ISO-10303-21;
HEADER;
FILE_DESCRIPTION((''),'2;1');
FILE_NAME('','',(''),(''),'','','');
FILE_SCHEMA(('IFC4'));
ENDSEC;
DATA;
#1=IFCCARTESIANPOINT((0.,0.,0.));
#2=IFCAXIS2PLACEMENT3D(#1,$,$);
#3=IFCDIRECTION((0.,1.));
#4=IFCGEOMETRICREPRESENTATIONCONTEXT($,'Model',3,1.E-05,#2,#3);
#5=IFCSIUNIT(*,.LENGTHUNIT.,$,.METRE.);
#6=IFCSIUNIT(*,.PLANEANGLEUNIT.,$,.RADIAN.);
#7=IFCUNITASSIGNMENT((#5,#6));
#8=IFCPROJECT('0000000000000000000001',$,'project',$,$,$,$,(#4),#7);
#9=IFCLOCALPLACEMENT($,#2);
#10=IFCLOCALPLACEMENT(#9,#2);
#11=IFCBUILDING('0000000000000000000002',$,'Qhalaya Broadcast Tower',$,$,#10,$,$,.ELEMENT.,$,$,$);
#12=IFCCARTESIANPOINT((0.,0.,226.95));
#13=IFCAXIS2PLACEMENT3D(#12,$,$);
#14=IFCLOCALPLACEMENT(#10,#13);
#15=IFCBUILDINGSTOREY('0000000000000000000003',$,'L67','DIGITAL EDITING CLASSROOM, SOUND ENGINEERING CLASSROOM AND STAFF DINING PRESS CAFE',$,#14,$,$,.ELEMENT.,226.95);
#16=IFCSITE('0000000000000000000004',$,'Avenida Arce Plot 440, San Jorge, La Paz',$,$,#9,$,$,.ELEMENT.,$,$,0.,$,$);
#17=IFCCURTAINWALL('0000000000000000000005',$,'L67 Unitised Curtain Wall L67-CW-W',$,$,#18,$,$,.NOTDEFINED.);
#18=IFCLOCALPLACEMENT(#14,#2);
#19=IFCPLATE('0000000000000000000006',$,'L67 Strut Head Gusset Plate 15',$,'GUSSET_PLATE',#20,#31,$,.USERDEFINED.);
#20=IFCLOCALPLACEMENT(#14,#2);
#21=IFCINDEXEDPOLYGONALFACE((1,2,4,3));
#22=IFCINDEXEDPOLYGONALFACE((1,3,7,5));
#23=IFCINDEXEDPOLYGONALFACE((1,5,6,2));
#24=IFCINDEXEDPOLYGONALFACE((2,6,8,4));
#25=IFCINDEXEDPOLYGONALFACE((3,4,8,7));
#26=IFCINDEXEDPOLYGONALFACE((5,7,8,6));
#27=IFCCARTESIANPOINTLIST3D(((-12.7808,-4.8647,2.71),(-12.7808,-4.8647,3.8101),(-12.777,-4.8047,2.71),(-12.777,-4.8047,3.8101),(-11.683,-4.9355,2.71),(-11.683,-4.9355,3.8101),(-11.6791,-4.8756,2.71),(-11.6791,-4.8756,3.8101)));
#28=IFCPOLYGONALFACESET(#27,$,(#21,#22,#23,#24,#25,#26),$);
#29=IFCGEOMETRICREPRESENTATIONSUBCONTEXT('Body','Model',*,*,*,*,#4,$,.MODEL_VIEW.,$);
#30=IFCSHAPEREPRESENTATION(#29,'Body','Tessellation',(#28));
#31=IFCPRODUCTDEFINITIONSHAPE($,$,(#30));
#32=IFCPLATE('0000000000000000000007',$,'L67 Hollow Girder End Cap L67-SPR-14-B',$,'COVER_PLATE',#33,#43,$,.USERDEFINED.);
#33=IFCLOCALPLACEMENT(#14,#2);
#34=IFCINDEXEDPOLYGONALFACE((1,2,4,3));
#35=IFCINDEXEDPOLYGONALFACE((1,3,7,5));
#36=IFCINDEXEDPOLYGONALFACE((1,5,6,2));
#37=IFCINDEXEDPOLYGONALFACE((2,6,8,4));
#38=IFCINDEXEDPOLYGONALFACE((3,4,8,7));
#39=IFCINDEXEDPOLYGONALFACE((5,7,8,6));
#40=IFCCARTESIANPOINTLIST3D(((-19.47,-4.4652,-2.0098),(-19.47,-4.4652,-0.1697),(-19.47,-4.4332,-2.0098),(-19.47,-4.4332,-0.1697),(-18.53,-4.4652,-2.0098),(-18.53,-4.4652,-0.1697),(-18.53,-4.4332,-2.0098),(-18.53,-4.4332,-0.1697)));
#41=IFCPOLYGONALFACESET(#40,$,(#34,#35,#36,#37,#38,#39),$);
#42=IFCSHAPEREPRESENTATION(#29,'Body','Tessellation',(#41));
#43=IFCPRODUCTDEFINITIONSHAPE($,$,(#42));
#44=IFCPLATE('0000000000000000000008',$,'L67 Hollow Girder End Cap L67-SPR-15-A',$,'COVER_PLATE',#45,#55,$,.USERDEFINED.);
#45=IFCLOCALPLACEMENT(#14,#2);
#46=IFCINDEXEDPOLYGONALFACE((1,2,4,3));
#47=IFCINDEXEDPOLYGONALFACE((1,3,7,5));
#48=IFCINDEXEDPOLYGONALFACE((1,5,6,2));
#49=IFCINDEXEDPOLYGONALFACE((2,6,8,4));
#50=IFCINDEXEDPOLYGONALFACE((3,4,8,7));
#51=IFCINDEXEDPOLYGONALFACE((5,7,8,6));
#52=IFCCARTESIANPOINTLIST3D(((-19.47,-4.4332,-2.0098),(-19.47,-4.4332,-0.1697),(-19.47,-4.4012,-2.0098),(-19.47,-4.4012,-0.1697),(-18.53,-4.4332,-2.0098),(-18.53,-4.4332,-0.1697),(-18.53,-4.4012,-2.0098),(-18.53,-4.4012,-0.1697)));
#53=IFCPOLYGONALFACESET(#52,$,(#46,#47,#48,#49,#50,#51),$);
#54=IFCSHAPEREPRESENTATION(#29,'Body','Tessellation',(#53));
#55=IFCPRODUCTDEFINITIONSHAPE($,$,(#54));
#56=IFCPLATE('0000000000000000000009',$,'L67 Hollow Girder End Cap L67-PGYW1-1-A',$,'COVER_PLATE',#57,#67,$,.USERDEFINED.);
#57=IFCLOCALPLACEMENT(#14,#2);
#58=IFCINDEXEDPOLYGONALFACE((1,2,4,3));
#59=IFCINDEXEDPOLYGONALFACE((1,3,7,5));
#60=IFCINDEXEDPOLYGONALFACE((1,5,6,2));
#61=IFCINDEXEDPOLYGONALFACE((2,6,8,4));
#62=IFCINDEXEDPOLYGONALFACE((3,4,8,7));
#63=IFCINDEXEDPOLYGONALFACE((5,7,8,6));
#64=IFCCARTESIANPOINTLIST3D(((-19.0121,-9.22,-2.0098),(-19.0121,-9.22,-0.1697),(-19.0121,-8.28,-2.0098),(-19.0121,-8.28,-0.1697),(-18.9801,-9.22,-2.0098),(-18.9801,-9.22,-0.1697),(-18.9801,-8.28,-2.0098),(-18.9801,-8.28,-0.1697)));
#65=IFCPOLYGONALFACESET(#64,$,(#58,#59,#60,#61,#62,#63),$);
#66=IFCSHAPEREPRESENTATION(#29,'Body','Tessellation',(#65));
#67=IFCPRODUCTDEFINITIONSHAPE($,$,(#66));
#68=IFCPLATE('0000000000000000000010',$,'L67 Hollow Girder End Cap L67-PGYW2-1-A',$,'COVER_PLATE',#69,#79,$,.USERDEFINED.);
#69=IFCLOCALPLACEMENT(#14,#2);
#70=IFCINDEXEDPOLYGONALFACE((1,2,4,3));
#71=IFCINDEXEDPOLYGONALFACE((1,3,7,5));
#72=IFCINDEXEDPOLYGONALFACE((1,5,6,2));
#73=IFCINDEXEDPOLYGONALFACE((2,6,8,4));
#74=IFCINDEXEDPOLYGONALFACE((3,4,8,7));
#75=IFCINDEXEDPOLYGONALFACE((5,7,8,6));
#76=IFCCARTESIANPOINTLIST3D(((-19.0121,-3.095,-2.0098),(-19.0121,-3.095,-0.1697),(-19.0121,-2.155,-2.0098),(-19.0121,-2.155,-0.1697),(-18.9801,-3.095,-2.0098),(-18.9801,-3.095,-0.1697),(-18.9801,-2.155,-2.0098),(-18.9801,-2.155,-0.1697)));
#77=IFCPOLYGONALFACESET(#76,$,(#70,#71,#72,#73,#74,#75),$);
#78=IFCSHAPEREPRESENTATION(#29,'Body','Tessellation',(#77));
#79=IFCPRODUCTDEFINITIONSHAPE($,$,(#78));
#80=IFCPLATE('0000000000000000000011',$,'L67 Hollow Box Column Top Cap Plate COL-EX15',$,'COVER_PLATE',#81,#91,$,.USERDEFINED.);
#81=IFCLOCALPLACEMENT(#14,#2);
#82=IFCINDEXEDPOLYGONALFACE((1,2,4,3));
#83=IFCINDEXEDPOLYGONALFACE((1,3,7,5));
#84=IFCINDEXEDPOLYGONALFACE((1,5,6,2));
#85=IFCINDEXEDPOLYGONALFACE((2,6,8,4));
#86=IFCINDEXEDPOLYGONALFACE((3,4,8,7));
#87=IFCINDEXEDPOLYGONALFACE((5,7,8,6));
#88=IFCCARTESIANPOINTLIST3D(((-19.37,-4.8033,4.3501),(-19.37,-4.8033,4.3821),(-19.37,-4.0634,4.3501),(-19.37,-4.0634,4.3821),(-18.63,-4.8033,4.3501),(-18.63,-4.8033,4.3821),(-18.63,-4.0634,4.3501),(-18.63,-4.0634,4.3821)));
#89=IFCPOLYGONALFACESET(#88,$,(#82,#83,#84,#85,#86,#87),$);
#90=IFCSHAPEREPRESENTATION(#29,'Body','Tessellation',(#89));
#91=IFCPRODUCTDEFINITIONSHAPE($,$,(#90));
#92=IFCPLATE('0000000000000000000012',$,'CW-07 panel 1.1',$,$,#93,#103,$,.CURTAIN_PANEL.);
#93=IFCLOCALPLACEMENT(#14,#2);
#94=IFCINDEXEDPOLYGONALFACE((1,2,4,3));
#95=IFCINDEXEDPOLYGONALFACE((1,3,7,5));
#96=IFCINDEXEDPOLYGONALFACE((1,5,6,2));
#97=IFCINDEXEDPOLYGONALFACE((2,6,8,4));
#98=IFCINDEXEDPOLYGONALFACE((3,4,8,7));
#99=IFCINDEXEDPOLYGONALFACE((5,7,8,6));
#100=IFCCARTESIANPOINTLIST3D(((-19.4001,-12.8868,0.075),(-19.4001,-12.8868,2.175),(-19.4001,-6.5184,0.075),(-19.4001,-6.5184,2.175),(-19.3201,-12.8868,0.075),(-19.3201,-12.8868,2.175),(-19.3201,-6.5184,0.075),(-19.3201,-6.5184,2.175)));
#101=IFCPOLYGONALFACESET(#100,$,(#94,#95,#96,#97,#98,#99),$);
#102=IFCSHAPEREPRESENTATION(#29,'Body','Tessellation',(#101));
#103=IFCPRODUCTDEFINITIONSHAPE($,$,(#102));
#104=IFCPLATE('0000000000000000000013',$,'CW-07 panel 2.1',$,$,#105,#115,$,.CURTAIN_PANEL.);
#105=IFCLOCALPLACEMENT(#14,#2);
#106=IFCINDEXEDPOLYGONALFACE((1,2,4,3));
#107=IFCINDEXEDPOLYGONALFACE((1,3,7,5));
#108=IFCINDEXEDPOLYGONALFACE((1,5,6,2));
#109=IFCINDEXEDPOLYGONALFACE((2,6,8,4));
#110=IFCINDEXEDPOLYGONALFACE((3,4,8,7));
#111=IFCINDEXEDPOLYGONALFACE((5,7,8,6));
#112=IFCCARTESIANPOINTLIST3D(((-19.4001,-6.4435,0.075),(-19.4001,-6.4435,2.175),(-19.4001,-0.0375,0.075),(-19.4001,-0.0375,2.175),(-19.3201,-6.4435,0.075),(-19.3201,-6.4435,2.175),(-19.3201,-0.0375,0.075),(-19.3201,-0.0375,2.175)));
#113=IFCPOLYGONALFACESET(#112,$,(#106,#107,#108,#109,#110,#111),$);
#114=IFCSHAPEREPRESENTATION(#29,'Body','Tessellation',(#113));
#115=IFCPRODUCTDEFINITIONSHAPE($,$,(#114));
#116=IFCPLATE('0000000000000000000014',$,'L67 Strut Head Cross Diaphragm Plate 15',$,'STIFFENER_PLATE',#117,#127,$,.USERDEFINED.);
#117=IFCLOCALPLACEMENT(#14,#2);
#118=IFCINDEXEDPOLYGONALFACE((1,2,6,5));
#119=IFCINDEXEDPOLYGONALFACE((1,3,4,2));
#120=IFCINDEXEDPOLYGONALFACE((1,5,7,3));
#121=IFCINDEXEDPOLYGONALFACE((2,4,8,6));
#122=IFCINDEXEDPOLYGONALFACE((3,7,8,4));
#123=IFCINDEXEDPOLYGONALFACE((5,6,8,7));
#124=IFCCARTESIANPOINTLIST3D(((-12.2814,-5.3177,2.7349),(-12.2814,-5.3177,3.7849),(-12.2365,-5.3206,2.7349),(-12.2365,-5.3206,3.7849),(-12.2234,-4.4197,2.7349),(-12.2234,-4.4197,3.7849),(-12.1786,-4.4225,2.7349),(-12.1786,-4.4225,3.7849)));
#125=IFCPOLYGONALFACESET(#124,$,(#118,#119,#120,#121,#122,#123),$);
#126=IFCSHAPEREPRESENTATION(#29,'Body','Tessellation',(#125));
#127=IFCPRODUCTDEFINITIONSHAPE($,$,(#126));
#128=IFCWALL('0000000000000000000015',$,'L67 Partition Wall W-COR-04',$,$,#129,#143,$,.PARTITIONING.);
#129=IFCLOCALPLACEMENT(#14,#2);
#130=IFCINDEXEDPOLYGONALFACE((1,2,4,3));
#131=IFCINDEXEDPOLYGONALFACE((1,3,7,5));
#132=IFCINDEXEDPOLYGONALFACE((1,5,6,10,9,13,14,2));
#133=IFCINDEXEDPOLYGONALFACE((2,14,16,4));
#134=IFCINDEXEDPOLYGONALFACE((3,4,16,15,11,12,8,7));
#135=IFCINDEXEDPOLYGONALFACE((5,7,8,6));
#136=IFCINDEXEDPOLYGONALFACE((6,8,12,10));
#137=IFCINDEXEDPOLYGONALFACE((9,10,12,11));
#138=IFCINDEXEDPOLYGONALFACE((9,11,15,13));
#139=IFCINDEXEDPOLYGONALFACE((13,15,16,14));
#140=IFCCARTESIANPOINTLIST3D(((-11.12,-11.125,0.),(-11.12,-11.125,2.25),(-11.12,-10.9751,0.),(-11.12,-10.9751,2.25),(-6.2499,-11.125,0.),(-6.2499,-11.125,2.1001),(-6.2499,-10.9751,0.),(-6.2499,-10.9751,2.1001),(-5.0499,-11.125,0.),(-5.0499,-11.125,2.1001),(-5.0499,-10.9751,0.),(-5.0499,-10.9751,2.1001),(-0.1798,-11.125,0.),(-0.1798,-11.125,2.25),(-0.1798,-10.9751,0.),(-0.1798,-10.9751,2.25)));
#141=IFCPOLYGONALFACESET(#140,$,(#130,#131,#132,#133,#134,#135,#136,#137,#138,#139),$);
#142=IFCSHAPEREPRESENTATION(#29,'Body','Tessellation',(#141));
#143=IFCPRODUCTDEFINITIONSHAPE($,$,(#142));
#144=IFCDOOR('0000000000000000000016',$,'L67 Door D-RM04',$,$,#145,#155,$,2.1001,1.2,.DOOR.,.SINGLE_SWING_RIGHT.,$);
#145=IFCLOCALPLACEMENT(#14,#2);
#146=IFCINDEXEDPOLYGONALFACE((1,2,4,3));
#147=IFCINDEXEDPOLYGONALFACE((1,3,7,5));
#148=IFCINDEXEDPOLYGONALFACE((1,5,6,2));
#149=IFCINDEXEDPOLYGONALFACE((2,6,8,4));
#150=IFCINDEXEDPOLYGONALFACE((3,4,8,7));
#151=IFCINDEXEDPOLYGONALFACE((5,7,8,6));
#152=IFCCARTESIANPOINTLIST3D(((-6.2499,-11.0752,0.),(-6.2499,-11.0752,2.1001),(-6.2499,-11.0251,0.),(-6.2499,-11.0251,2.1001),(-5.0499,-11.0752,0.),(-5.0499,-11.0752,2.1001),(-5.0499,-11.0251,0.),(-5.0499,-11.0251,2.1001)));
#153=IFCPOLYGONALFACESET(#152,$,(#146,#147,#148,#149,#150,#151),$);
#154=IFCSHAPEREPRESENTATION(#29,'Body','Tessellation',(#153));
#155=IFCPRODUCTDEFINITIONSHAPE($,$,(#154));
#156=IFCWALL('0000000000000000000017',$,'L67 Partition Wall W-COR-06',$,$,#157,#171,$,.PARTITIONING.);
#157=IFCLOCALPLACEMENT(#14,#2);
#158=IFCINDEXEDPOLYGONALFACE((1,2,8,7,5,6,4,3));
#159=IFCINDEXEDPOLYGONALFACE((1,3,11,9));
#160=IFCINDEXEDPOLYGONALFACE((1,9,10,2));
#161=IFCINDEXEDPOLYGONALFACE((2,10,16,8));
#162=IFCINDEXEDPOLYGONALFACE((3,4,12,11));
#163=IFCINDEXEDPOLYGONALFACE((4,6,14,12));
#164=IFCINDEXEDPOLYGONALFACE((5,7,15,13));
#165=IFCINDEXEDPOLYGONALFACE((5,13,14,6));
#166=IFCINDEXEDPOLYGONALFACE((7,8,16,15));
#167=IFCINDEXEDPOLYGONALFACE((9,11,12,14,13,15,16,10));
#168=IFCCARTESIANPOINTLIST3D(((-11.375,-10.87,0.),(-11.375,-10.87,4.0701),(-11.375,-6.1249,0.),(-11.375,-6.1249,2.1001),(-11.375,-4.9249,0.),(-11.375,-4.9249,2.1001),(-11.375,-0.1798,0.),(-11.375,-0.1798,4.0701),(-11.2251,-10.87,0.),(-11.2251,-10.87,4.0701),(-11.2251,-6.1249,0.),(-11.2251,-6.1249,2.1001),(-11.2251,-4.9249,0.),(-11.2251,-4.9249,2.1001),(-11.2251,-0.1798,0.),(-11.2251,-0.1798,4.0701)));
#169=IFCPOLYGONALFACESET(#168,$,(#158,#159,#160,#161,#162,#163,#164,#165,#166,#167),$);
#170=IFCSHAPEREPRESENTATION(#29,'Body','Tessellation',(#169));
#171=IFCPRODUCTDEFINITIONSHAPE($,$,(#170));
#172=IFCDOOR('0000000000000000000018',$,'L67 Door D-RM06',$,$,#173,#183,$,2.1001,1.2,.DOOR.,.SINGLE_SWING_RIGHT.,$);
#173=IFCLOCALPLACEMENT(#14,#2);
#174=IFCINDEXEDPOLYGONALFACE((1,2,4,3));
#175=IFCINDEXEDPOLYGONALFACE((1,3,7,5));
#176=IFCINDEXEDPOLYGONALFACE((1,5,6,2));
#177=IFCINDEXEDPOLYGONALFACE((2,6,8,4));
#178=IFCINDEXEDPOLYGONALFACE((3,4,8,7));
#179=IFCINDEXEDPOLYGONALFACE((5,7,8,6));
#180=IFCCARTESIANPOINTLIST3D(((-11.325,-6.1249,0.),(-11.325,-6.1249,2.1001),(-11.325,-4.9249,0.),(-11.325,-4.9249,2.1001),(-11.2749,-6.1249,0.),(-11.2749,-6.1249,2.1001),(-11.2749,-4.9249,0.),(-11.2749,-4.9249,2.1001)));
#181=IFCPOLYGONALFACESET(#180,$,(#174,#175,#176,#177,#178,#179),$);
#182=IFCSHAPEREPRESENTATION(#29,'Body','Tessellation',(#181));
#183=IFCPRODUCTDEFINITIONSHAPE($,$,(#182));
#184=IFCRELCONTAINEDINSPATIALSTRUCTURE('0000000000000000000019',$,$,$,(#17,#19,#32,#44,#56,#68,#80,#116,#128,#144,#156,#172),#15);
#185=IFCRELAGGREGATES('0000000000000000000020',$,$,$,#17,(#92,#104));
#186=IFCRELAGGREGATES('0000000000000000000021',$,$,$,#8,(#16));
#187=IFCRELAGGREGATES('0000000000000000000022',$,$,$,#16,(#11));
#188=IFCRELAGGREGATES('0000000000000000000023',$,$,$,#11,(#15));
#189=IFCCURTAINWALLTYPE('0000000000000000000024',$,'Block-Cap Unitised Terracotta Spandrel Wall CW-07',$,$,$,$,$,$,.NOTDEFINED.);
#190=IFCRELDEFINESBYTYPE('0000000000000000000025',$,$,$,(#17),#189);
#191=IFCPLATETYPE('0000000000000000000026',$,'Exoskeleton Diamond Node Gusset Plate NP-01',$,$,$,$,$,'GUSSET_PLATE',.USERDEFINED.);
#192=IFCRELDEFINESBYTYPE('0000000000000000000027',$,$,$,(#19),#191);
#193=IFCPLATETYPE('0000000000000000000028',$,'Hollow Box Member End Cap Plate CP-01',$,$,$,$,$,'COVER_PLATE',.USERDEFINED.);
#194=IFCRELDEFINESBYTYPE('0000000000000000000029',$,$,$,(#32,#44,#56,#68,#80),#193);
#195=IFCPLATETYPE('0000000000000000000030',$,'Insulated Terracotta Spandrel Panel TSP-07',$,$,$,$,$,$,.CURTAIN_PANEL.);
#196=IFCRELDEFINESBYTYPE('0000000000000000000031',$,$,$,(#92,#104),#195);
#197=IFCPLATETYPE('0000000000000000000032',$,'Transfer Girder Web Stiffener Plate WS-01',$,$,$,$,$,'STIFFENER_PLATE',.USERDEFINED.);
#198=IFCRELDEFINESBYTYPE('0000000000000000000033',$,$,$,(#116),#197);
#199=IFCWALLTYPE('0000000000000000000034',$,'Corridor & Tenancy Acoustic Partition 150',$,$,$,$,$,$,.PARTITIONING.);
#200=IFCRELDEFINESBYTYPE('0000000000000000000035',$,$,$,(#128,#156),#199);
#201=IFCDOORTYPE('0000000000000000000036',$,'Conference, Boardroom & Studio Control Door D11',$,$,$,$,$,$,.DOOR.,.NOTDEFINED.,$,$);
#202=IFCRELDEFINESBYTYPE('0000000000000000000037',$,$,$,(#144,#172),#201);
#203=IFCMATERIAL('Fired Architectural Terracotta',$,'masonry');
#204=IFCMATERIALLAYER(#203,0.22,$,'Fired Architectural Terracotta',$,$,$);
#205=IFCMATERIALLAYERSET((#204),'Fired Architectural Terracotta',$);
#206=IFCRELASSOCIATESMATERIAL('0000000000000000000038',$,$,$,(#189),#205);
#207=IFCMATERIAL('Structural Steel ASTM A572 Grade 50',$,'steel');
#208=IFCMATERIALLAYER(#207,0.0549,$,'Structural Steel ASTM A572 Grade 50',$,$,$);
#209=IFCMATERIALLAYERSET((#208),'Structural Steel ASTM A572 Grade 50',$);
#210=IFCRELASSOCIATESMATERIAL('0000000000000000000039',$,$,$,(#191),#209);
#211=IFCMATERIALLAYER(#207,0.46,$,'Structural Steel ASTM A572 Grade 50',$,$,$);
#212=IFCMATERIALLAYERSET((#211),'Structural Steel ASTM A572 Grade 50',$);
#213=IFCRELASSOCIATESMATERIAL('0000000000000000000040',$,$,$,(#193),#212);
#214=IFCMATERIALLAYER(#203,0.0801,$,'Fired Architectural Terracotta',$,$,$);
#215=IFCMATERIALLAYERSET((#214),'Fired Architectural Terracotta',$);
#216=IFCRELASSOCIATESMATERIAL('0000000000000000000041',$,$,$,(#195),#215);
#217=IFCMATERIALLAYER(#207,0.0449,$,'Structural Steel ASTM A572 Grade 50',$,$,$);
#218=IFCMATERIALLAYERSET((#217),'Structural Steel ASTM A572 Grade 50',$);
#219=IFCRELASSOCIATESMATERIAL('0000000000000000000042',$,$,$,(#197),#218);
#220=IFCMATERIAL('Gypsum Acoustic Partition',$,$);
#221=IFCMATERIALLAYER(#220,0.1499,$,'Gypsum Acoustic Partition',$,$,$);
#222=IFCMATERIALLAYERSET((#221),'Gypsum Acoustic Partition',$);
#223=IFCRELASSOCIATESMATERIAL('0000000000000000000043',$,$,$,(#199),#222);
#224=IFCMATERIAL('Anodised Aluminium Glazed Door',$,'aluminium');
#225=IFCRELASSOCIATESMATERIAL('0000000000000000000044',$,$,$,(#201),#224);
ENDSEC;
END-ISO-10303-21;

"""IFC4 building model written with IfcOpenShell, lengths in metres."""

from ifc_helpers import new_model, si_unit, direction, frame, frame_2d, origin, origin_2d, place, context, subcontext, project, spatial, rectangle, extrude, material, layer, layer_set, type_object, element, fill, aggregate, save


model = new_model("IFC4")

# Units and contexts
model_context = context("Model", 3, precision=1e-05, world=origin(), true_north=direction((0.0, 1.0)))
body_context = subcontext(model_context, "Body", "Model", "MODEL_VIEW")
ifc_project = project(units=[si_unit("LENGTHUNIT", "METRE"), si_unit("PLANEANGLEUNIT", "RADIAN")], contexts=[model_context])

# Site, building, storey
site_placement = place(None, origin())
site = spatial("IfcSite", under=ifc_project, at=site_placement, Name="Avenida Arce Plot 440, San Jorge, La Paz", CompositionType="ELEMENT", RefElevation=0.0)
building_placement = place(site_placement, origin())
building = spatial("IfcBuilding", under=site, at=building_placement, Name="Qhalaya Broadcast Tower", CompositionType="ELEMENT")
storey_placement = place(building_placement, frame((0.0, 0.0, 226.95)))
storey = spatial("IfcBuildingStorey", under=building, at=storey_placement, Name="L67", Description="DIGITAL EDITING CLASSROOM, SOUND ENGINEERING CLASSROOM AND STAFF DINING PRESS CAFE", CompositionType="ELEMENT", Elevation=226.95)

# Shared definitions
ifc_material_1 = material(Name="Structural Steel ASTM A572 Grade 50", Category="steel")

# Curtain wall
ifc_material_2 = material(Name="Fired Architectural Terracotta", Category="masonry")
ifc_layer_1 = layer(ifc_material_2, 0.22, Name="Fired Architectural Terracotta")
ifc_layer_set_1 = layer_set([ifc_layer_1], Name="Fired Architectural Terracotta")
curtain_wall_type = type_object("IfcCurtainWallType", Name="Block-Cap Unitised Terracotta Spandrel Wall CW-07", PredefinedType="NOTDEFINED", material=ifc_layer_set_1)
curtain_wall_placement = place(storey_placement, origin())
curtain_wall = element("IfcCurtainWall", 1, at=curtain_wall_placement, inside=storey, type_object=curtain_wall_type, Name="L67 Unitised Curtain Wall L67-CW-W", PredefinedType="NOTDEFINED")

# Plates
ifc_layer_2 = layer(ifc_material_1, 0.0549, Name="Structural Steel ASTM A572 Grade 50")
ifc_layer_set_2 = layer_set([ifc_layer_2], Name="Structural Steel ASTM A572 Grade 50")
plate_type_1 = type_object("IfcPlateType", Name="Exoskeleton Diamond Node Gusset Plate NP-01", ElementType="GUSSET_PLATE", PredefinedType="USERDEFINED", material=ifc_layer_set_2)
for number, where, z_axis, x_axis, name in (
    (2, (-12.23, -4.8701, 2.71), (0.0, 0.0, 1.0), (0.997926, -0.064376, 0.0), "L67 Strut Head Gusset Plate 15"),
):
    element("IfcPlate", number, at=place(storey_placement, frame(where, z_axis=z_axis, x_axis=x_axis)), inside=storey, type_object=plate_type_1, Name=name, ObjectType="GUSSET_PLATE", PredefinedType="USERDEFINED", context=body_context, shape_type="SweptSolid", body=[
        extrude(rectangle(XDim=1.1001, YDim=0.0601, at=origin_2d()), origin(), (0.0, 0.0, 1.0), 1.1001),
    ])
ifc_layer_3 = layer(ifc_material_1, 0.46, Name="Structural Steel ASTM A572 Grade 50")
ifc_layer_set_3 = layer_set([ifc_layer_3], Name="Structural Steel ASTM A572 Grade 50")
plate_type_2 = type_object("IfcPlateType", Name="Hollow Box Member End Cap Plate CP-01", ElementType="COVER_PLATE", PredefinedType="USERDEFINED", material=ifc_layer_set_3)
for number, where, z_axis, x_axis, name in (
    (3, (-19.0, -4.4492, -2.0098), (0.0, 0.0, 1.0), (1.0, 0.0, 0.0), "L67 Hollow Girder End Cap L67-SPR-14-B"),
    (4, (-19.0, -4.4172, -2.0098), (0.0, 0.0, 1.0), (1.0, 0.0, 0.0), "L67 Hollow Girder End Cap L67-SPR-15-A"),
    (5, (-18.9961, -8.75, -2.0098), (0.0, 0.0, 1.0), (0.0, 1.0, 0.0), "L67 Hollow Girder End Cap L67-PGYW1-1-A"),
    (6, (-18.9961, -2.625, -2.0098), (0.0, 0.0, 1.0), (0.0, 1.0, 0.0), "L67 Hollow Girder End Cap L67-PGYW2-1-A"),
):
    element("IfcPlate", number, at=place(storey_placement, frame(where, z_axis=z_axis, x_axis=x_axis)), inside=storey, type_object=plate_type_2, Name=name, ObjectType="COVER_PLATE", PredefinedType="USERDEFINED", context=body_context, shape_type="SweptSolid", body=[
        extrude(rectangle(XDim=0.9399, YDim=0.032, at=origin_2d()), origin(), (0.0, 0.0, 1.0), 1.8401),
    ])
plate_1_placement = place(storey_placement, frame((-19.0, -4.4333, 4.3501), z_axis=(0.0, 0.0, 1.0), x_axis=(0.0, 1.0, 0.0)))
element("IfcPlate", 7, at=plate_1_placement, inside=storey, type_object=plate_type_2, Name="L67 Hollow Box Column Top Cap Plate COL-EX15", ObjectType="COVER_PLATE", PredefinedType="USERDEFINED", context=body_context, shape_type="SweptSolid", body=[
    extrude(rectangle(XDim=0.74, YDim=0.74, at=origin_2d()), origin(), (0.0, 0.0, 1.0), 0.032),
])

# Plates
ifc_layer_4 = layer(ifc_material_2, 0.0801, Name="Fired Architectural Terracotta")
ifc_layer_set_4 = layer_set([ifc_layer_4], Name="Fired Architectural Terracotta")
plate_type_3 = type_object("IfcPlateType", Name="Insulated Terracotta Spandrel Panel TSP-07", PredefinedType="CURTAIN_PANEL", material=ifc_layer_set_4)
plate_2_placement = place(storey_placement, frame((-19.3601, -9.7026, 0.075), z_axis=(0.0, 0.0, 1.0), x_axis=(0.0, 1.0, 0.0)))
plate_2 = element("IfcPlate", 8, at=plate_2_placement, type_object=plate_type_3, Name="CW-07 panel 1.1", PredefinedType="CURTAIN_PANEL", context=body_context, shape_type="SweptSolid", body=[
    extrude(rectangle(XDim=6.3684, YDim=0.0801, at=origin_2d()), origin(), (0.0, 0.0, 1.0), 2.1001),
])
plate_3_placement = place(storey_placement, frame((-19.3601, -3.2405, 0.075), z_axis=(0.0, 0.0, 1.0), x_axis=(0.0, 1.0, 0.0)))
plate_3 = element("IfcPlate", 9, at=plate_3_placement, type_object=plate_type_3, Name="CW-07 panel 2.1", PredefinedType="CURTAIN_PANEL", context=body_context, shape_type="SweptSolid", body=[
    extrude(rectangle(XDim=6.406, YDim=0.0801, at=origin_2d()), origin(), (0.0, 0.0, 1.0), 2.1001),
])
aggregate(curtain_wall, [plate_2, plate_3])
ifc_layer_5 = layer(ifc_material_1, 0.0449, Name="Structural Steel ASTM A572 Grade 50")
ifc_layer_set_5 = layer_set([ifc_layer_5], Name="Structural Steel ASTM A572 Grade 50")
plate_type_4 = type_object("IfcPlateType", Name="Transfer Girder Web Stiffener Plate WS-01", ElementType="STIFFENER_PLATE", PredefinedType="USERDEFINED", material=ifc_layer_set_5)
plate_4_placement = place(storey_placement, frame((-12.23, -4.8701, 2.7349), z_axis=(0.0, 0.0, 1.0), x_axis=(0.064376, 0.997926, 0.0)))
element("IfcPlate", 10, at=plate_4_placement, inside=storey, type_object=plate_type_4, Name="L67 Strut Head Cross Diaphragm Plate 15", ObjectType="STIFFENER_PLATE", PredefinedType="USERDEFINED", context=body_context, shape_type="SweptSolid", body=[
    extrude(rectangle(XDim=0.8999, YDim=0.0449, at=origin_2d()), origin(), (0.0, 0.0, 1.0), 1.05),
])

# Walls, openings, doors
ifc_material_3 = material(Name="Gypsum Acoustic Partition")
ifc_layer_6 = layer(ifc_material_3, 0.1499, Name="Gypsum Acoustic Partition")
ifc_layer_set_6 = layer_set([ifc_layer_6], Name="Gypsum Acoustic Partition")
wall_type_1 = type_object("IfcWallType", Name="Corridor & Tenancy Acoustic Partition 150", PredefinedType="PARTITIONING", material=ifc_layer_set_6)
wall_1_placement = place(storey_placement, frame((-11.1201, -11.05, 0.0), z_axis=(0.0, 0.0, 1.0), x_axis=(1.0, 0.0, 0.0)))
wall_1 = element("IfcWall", 11, at=wall_1_placement, inside=storey, type_object=wall_type_1, Name="L67 Partition Wall W-COR-04", PredefinedType="PARTITIONING", context=body_context, shape_type="SweptSolid", body=[
    extrude(rectangle(XDim=10.9402, YDim=0.1499, at=frame_2d((5.4702, 0.0))), origin(), (0.0, 0.0, 1.0), 2.25),
])
opening_1_placement = place(wall_1_placement, frame((4.8701, 0.0, 0.0)))
opening_1 = element("IfcOpeningElement", 12, at=opening_1_placement, cuts=wall_1, PredefinedType="OPENING", context=body_context, shape_type="SweptSolid", body=[
    extrude(rectangle(XDim=1.2, YDim=2.1001, at=frame_2d((0.6001, 1.05))), frame((0.0, 0.0869, 0.0), z_axis=(0.0, -1.0, 0.0), x_axis=(1.0, 0.0, 0.0)), (0.0, 0.0, 1.0), 0.1738),
])
ifc_material_4 = material(Name="Anodised Aluminium Glazed Door", Category="aluminium")
door_type_1 = type_object("IfcDoorType", Name="Conference, Boardroom & Studio Control Door D11", OperationType="NOTDEFINED", PredefinedType="DOOR", material=ifc_material_4)
door_1_placement = place(opening_1_placement, origin())
door_1 = element("IfcDoor", 13, at=door_1_placement, inside=storey, type_object=door_type_1, Name="L67 Door D-RM04", OperationType="SINGLE_SWING_RIGHT", OverallHeight=2.1001, OverallWidth=1.2, PredefinedType="DOOR", context=body_context, shape_type="SweptSolid", body=[
    extrude(rectangle(XDim=1.2, YDim=2.1001, at=frame_2d((0.6001, 1.05))), frame((0.0, 0.0249, 0.0), z_axis=(0.0, -1.0, 0.0), x_axis=(1.0, 0.0, 0.0)), (0.0, 0.0, 1.0), 0.05),
])
fill(opening_1, door_1)
wall_2_placement = place(storey_placement, frame((-11.3, -10.8701, 0.0), z_axis=(0.0, 0.0, 1.0), x_axis=(0.0, 1.0, 0.0)))
wall_2 = element("IfcWall", 14, at=wall_2_placement, inside=storey, type_object=wall_type_1, Name="L67 Partition Wall W-COR-06", PredefinedType="PARTITIONING", context=body_context, shape_type="SweptSolid", body=[
    extrude(rectangle(XDim=10.6902, YDim=0.1499, at=frame_2d((5.3452, 0.0))), origin(), (0.0, 0.0, 1.0), 4.0701),
])
opening_2_placement = place(wall_2_placement, frame((4.7451, 0.0, 0.0)))
opening_2 = element("IfcOpeningElement", 15, at=opening_2_placement, cuts=wall_2, PredefinedType="OPENING", context=body_context, shape_type="SweptSolid", body=[
    extrude(rectangle(XDim=1.2, YDim=2.1001, at=frame_2d((0.6001, 1.05))), frame((0.0, 0.0869, 0.0), z_axis=(0.0, -1.0, 0.0), x_axis=(1.0, 0.0, 0.0)), (0.0, 0.0, 1.0), 0.1738),
])
door_2_placement = place(opening_2_placement, origin())
door_2 = element("IfcDoor", 16, at=door_2_placement, inside=storey, type_object=door_type_1, Name="L67 Door D-RM06", OperationType="SINGLE_SWING_RIGHT", OverallHeight=2.1001, OverallWidth=1.2, PredefinedType="DOOR", context=body_context, shape_type="SweptSolid", body=[
    extrude(rectangle(XDim=1.2, YDim=2.1001, at=frame_2d((0.6001, 1.05))), frame((0.0, 0.0249, 0.0), z_axis=(0.0, -1.0, 0.0), x_axis=(1.0, 0.0, 0.0)), (0.0, 0.0, 1.0), 0.05),
])
fill(opening_2, door_2)

save(model, "model.ifc")
